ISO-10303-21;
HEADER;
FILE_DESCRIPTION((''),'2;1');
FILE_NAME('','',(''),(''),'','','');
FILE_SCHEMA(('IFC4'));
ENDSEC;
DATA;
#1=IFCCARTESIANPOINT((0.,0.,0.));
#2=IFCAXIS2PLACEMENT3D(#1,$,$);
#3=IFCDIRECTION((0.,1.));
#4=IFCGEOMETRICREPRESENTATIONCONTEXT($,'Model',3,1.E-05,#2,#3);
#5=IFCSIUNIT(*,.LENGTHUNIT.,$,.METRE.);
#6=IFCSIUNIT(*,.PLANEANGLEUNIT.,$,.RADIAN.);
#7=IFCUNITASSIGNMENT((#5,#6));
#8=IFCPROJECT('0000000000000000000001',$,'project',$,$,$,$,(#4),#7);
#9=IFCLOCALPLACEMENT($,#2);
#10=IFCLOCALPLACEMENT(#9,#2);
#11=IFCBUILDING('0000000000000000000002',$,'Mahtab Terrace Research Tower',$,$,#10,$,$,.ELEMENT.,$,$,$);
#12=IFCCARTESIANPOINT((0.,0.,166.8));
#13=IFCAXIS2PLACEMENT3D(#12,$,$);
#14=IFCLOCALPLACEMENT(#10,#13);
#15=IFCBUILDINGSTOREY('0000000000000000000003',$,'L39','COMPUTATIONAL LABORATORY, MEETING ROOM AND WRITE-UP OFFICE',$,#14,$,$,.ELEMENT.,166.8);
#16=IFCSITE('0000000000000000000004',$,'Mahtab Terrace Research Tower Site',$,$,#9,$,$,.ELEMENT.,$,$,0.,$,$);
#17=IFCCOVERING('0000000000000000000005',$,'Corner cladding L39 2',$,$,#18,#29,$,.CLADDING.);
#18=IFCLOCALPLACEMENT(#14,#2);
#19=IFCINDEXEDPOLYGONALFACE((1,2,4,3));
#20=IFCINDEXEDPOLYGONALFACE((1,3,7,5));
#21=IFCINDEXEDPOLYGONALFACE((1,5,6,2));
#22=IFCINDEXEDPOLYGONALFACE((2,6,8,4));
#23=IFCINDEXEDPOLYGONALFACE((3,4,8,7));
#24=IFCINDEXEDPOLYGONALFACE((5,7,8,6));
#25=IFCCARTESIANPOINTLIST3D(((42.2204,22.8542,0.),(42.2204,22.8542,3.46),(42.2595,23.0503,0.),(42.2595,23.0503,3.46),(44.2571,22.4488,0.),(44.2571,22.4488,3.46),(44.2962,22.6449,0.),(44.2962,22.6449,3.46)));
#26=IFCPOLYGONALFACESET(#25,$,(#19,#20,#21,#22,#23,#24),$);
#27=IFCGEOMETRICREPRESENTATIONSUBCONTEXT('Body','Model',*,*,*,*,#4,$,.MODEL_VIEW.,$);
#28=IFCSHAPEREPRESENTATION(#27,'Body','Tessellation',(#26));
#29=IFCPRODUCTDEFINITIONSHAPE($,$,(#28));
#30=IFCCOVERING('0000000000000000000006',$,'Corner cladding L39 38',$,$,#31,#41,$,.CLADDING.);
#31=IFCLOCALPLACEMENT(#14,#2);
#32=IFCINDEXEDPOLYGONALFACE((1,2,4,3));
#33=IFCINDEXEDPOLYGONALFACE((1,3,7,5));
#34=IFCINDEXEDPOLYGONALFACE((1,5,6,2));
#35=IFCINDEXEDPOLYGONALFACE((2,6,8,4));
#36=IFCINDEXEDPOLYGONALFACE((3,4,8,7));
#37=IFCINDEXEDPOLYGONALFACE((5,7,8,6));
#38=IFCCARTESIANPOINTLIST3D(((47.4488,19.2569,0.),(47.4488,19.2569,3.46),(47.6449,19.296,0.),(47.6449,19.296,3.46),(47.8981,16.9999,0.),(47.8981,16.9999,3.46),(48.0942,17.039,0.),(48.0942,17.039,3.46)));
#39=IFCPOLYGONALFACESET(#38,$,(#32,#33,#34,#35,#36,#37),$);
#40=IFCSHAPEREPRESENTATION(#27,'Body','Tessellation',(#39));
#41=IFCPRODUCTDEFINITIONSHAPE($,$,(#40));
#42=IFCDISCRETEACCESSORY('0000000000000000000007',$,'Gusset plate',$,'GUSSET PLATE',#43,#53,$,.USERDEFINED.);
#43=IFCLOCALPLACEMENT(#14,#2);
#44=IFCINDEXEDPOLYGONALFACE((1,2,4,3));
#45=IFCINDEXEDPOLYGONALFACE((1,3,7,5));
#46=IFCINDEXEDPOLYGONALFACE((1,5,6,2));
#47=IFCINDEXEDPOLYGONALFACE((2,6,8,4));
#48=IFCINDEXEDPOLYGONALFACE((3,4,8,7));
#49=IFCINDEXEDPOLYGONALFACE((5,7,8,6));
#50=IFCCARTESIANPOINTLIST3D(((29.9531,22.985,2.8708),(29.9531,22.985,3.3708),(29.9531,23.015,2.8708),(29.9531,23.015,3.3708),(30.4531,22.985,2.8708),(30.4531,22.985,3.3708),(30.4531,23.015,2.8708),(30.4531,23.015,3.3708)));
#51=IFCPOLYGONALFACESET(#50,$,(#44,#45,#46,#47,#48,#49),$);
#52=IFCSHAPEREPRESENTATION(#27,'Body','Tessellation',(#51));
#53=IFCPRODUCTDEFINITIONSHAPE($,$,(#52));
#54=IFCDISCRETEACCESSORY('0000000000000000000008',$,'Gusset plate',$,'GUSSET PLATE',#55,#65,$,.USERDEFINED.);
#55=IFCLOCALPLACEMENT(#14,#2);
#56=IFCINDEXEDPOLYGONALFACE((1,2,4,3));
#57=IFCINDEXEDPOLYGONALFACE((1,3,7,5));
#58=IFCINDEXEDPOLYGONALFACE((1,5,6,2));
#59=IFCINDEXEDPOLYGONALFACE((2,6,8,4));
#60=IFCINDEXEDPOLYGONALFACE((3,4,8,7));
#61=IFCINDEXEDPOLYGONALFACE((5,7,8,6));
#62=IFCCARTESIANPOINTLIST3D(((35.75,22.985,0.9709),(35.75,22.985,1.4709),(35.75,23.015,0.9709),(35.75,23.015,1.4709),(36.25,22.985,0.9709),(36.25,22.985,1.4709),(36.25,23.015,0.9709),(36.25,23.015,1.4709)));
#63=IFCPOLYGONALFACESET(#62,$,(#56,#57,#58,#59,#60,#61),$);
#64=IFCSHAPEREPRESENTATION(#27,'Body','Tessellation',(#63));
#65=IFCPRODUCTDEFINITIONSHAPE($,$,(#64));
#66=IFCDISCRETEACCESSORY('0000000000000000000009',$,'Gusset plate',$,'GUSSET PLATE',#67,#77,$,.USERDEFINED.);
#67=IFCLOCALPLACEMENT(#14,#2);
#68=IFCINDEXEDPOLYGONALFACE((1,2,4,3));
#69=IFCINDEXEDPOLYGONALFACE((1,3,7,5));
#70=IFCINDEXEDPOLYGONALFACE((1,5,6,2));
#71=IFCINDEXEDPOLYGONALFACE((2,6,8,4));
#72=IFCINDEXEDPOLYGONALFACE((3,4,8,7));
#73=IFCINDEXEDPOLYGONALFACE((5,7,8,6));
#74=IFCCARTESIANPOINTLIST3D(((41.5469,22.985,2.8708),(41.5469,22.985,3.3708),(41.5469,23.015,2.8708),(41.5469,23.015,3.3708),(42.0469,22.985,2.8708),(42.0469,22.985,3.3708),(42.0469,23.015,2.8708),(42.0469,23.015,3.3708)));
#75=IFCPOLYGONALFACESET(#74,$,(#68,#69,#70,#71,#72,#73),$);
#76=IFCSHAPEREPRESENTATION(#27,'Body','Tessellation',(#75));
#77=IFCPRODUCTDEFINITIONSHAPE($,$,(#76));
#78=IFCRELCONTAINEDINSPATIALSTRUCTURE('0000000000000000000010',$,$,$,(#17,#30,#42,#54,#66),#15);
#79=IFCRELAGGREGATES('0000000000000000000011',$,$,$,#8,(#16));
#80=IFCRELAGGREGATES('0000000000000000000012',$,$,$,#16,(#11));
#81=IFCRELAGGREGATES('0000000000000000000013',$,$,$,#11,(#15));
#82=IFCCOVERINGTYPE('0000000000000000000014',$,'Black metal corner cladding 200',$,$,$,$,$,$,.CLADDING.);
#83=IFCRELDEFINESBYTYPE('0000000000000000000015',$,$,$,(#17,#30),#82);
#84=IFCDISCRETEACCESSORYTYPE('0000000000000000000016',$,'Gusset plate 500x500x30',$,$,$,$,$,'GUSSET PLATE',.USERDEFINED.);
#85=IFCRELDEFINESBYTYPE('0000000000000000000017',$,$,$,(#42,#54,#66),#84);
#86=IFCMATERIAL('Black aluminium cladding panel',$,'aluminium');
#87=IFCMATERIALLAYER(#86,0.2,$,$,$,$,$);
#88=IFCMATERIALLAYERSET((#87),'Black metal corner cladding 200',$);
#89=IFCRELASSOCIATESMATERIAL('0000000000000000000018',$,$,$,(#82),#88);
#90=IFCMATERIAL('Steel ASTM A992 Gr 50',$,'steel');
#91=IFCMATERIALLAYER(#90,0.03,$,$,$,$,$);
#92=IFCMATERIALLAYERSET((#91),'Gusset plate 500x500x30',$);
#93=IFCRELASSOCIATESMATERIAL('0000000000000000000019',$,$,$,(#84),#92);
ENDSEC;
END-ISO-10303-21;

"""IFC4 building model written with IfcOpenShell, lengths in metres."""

from ifc_helpers import new_model, si_unit, direction, frame, origin, origin_2d, place, context, subcontext, project, spatial, rectangle, extrude, material, layer, layer_set, type_object, element, save


model = new_model("IFC4")

# Units and contexts
model_context = context("Model", 3, precision=1e-05, world=origin(), true_north=direction((0.0, 1.0)))
body_context = subcontext(model_context, "Body", "Model", "MODEL_VIEW")
ifc_project = project(units=[si_unit("LENGTHUNIT", "METRE"), si_unit("PLANEANGLEUNIT", "RADIAN")], contexts=[model_context])

# Site, building, storey
site_placement = place(None, origin())
site = spatial("IfcSite", under=ifc_project, at=site_placement, Name="Mahtab Terrace Research Tower Site", CompositionType="ELEMENT", RefElevation=0.0)
building_placement = place(site_placement, origin())
building = spatial("IfcBuilding", under=site, at=building_placement, Name="Mahtab Terrace Research Tower", CompositionType="ELEMENT")
storey_placement = place(building_placement, frame((0.0, 0.0, 166.8)))
storey = spatial("IfcBuildingStorey", under=building, at=storey_placement, Name="L39", Description="COMPUTATIONAL LABORATORY, MEETING ROOM AND WRITE-UP OFFICE", CompositionType="ELEMENT", Elevation=166.8)

# Shared definitions
ifc_material_1 = material(Name="Steel ASTM A992 Gr 50", Category="steel")

# Shared definitions
ifc_material_2 = material(Name="Black aluminium cladding panel", Category="aluminium")

# Coverings
ifc_layer_1 = layer(ifc_material_2, 0.2)
ifc_layer_set_1 = layer_set([ifc_layer_1], Name="Black metal corner cladding 200")
covering_type = type_object("IfcCoveringType", Name="Black metal corner cladding 200", PredefinedType="CLADDING", material=ifc_layer_set_1)
covering_1_placement = place(storey_placement, frame((43.2583, 22.7495, 0.0), z_axis=(0.0, 0.0, 1.0), x_axis=(-0.980761, 0.195212, 0.0)))
element("IfcCovering", 1, at=covering_1_placement, inside=storey, type_object=covering_type, Name="Corner cladding L39 2", PredefinedType="CLADDING", context=body_context, shape_type="SweptSolid", body=[
    extrude(rectangle(XDim=2.0767, YDim=0.2, at=origin_2d()), origin(), (0.0, 0.0, 1.0), 3.46),
])
covering_2_placement = place(storey_placement, frame((47.7715, 18.1479, 0.0), z_axis=(0.0, 0.0, 1.0), x_axis=(-0.195212, 0.980761, 0.0)))
element("IfcCovering", 2, at=covering_2_placement, inside=storey, type_object=covering_type, Name="Corner cladding L39 38", PredefinedType="CLADDING", context=body_context, shape_type="SweptSolid", body=[
    extrude(rectangle(XDim=2.3013, YDim=0.2, at=origin_2d()), origin(), (0.0, 0.0, 1.0), 3.46),
])

# Discrete accessories
ifc_layer_2 = layer(ifc_material_1, 0.03)
ifc_layer_set_2 = layer_set([ifc_layer_2], Name="Gusset plate 500x500x30")
discrete_accessory_type = type_object("IfcDiscreteAccessoryType", Name="Gusset plate 500x500x30", ElementType="GUSSET PLATE", PredefinedType="USERDEFINED", material=ifc_layer_set_2)
for number, where, z_axis, x_axis, name in (
    (3, (30.2031, 23.0, 2.8708), (0.0, 0.0, 1.0), (1.0, 0.0, 0.0), "Gusset plate"),
    (4, (36.0, 23.0, 0.9709), (0.0, 0.0, 1.0), (1.0, 0.0, 0.0), "Gusset plate"),
    (5, (41.7969, 23.0, 2.8708), (0.0, 0.0, 1.0), (1.0, 0.0, 0.0), "Gusset plate"),
):
    element("IfcDiscreteAccessory", number, at=place(storey_placement, frame(where, z_axis=z_axis, x_axis=x_axis)), inside=storey, type_object=discrete_accessory_type, Name=name, ObjectType="GUSSET PLATE", PredefinedType="USERDEFINED", context=body_context, shape_type="SweptSolid", body=[
        extrude(rectangle(XDim=0.5, YDim=0.03, at=origin_2d()), origin(), (0.0, 0.0, 1.0), 0.5),
    ])

save(model, "model.ifc")
